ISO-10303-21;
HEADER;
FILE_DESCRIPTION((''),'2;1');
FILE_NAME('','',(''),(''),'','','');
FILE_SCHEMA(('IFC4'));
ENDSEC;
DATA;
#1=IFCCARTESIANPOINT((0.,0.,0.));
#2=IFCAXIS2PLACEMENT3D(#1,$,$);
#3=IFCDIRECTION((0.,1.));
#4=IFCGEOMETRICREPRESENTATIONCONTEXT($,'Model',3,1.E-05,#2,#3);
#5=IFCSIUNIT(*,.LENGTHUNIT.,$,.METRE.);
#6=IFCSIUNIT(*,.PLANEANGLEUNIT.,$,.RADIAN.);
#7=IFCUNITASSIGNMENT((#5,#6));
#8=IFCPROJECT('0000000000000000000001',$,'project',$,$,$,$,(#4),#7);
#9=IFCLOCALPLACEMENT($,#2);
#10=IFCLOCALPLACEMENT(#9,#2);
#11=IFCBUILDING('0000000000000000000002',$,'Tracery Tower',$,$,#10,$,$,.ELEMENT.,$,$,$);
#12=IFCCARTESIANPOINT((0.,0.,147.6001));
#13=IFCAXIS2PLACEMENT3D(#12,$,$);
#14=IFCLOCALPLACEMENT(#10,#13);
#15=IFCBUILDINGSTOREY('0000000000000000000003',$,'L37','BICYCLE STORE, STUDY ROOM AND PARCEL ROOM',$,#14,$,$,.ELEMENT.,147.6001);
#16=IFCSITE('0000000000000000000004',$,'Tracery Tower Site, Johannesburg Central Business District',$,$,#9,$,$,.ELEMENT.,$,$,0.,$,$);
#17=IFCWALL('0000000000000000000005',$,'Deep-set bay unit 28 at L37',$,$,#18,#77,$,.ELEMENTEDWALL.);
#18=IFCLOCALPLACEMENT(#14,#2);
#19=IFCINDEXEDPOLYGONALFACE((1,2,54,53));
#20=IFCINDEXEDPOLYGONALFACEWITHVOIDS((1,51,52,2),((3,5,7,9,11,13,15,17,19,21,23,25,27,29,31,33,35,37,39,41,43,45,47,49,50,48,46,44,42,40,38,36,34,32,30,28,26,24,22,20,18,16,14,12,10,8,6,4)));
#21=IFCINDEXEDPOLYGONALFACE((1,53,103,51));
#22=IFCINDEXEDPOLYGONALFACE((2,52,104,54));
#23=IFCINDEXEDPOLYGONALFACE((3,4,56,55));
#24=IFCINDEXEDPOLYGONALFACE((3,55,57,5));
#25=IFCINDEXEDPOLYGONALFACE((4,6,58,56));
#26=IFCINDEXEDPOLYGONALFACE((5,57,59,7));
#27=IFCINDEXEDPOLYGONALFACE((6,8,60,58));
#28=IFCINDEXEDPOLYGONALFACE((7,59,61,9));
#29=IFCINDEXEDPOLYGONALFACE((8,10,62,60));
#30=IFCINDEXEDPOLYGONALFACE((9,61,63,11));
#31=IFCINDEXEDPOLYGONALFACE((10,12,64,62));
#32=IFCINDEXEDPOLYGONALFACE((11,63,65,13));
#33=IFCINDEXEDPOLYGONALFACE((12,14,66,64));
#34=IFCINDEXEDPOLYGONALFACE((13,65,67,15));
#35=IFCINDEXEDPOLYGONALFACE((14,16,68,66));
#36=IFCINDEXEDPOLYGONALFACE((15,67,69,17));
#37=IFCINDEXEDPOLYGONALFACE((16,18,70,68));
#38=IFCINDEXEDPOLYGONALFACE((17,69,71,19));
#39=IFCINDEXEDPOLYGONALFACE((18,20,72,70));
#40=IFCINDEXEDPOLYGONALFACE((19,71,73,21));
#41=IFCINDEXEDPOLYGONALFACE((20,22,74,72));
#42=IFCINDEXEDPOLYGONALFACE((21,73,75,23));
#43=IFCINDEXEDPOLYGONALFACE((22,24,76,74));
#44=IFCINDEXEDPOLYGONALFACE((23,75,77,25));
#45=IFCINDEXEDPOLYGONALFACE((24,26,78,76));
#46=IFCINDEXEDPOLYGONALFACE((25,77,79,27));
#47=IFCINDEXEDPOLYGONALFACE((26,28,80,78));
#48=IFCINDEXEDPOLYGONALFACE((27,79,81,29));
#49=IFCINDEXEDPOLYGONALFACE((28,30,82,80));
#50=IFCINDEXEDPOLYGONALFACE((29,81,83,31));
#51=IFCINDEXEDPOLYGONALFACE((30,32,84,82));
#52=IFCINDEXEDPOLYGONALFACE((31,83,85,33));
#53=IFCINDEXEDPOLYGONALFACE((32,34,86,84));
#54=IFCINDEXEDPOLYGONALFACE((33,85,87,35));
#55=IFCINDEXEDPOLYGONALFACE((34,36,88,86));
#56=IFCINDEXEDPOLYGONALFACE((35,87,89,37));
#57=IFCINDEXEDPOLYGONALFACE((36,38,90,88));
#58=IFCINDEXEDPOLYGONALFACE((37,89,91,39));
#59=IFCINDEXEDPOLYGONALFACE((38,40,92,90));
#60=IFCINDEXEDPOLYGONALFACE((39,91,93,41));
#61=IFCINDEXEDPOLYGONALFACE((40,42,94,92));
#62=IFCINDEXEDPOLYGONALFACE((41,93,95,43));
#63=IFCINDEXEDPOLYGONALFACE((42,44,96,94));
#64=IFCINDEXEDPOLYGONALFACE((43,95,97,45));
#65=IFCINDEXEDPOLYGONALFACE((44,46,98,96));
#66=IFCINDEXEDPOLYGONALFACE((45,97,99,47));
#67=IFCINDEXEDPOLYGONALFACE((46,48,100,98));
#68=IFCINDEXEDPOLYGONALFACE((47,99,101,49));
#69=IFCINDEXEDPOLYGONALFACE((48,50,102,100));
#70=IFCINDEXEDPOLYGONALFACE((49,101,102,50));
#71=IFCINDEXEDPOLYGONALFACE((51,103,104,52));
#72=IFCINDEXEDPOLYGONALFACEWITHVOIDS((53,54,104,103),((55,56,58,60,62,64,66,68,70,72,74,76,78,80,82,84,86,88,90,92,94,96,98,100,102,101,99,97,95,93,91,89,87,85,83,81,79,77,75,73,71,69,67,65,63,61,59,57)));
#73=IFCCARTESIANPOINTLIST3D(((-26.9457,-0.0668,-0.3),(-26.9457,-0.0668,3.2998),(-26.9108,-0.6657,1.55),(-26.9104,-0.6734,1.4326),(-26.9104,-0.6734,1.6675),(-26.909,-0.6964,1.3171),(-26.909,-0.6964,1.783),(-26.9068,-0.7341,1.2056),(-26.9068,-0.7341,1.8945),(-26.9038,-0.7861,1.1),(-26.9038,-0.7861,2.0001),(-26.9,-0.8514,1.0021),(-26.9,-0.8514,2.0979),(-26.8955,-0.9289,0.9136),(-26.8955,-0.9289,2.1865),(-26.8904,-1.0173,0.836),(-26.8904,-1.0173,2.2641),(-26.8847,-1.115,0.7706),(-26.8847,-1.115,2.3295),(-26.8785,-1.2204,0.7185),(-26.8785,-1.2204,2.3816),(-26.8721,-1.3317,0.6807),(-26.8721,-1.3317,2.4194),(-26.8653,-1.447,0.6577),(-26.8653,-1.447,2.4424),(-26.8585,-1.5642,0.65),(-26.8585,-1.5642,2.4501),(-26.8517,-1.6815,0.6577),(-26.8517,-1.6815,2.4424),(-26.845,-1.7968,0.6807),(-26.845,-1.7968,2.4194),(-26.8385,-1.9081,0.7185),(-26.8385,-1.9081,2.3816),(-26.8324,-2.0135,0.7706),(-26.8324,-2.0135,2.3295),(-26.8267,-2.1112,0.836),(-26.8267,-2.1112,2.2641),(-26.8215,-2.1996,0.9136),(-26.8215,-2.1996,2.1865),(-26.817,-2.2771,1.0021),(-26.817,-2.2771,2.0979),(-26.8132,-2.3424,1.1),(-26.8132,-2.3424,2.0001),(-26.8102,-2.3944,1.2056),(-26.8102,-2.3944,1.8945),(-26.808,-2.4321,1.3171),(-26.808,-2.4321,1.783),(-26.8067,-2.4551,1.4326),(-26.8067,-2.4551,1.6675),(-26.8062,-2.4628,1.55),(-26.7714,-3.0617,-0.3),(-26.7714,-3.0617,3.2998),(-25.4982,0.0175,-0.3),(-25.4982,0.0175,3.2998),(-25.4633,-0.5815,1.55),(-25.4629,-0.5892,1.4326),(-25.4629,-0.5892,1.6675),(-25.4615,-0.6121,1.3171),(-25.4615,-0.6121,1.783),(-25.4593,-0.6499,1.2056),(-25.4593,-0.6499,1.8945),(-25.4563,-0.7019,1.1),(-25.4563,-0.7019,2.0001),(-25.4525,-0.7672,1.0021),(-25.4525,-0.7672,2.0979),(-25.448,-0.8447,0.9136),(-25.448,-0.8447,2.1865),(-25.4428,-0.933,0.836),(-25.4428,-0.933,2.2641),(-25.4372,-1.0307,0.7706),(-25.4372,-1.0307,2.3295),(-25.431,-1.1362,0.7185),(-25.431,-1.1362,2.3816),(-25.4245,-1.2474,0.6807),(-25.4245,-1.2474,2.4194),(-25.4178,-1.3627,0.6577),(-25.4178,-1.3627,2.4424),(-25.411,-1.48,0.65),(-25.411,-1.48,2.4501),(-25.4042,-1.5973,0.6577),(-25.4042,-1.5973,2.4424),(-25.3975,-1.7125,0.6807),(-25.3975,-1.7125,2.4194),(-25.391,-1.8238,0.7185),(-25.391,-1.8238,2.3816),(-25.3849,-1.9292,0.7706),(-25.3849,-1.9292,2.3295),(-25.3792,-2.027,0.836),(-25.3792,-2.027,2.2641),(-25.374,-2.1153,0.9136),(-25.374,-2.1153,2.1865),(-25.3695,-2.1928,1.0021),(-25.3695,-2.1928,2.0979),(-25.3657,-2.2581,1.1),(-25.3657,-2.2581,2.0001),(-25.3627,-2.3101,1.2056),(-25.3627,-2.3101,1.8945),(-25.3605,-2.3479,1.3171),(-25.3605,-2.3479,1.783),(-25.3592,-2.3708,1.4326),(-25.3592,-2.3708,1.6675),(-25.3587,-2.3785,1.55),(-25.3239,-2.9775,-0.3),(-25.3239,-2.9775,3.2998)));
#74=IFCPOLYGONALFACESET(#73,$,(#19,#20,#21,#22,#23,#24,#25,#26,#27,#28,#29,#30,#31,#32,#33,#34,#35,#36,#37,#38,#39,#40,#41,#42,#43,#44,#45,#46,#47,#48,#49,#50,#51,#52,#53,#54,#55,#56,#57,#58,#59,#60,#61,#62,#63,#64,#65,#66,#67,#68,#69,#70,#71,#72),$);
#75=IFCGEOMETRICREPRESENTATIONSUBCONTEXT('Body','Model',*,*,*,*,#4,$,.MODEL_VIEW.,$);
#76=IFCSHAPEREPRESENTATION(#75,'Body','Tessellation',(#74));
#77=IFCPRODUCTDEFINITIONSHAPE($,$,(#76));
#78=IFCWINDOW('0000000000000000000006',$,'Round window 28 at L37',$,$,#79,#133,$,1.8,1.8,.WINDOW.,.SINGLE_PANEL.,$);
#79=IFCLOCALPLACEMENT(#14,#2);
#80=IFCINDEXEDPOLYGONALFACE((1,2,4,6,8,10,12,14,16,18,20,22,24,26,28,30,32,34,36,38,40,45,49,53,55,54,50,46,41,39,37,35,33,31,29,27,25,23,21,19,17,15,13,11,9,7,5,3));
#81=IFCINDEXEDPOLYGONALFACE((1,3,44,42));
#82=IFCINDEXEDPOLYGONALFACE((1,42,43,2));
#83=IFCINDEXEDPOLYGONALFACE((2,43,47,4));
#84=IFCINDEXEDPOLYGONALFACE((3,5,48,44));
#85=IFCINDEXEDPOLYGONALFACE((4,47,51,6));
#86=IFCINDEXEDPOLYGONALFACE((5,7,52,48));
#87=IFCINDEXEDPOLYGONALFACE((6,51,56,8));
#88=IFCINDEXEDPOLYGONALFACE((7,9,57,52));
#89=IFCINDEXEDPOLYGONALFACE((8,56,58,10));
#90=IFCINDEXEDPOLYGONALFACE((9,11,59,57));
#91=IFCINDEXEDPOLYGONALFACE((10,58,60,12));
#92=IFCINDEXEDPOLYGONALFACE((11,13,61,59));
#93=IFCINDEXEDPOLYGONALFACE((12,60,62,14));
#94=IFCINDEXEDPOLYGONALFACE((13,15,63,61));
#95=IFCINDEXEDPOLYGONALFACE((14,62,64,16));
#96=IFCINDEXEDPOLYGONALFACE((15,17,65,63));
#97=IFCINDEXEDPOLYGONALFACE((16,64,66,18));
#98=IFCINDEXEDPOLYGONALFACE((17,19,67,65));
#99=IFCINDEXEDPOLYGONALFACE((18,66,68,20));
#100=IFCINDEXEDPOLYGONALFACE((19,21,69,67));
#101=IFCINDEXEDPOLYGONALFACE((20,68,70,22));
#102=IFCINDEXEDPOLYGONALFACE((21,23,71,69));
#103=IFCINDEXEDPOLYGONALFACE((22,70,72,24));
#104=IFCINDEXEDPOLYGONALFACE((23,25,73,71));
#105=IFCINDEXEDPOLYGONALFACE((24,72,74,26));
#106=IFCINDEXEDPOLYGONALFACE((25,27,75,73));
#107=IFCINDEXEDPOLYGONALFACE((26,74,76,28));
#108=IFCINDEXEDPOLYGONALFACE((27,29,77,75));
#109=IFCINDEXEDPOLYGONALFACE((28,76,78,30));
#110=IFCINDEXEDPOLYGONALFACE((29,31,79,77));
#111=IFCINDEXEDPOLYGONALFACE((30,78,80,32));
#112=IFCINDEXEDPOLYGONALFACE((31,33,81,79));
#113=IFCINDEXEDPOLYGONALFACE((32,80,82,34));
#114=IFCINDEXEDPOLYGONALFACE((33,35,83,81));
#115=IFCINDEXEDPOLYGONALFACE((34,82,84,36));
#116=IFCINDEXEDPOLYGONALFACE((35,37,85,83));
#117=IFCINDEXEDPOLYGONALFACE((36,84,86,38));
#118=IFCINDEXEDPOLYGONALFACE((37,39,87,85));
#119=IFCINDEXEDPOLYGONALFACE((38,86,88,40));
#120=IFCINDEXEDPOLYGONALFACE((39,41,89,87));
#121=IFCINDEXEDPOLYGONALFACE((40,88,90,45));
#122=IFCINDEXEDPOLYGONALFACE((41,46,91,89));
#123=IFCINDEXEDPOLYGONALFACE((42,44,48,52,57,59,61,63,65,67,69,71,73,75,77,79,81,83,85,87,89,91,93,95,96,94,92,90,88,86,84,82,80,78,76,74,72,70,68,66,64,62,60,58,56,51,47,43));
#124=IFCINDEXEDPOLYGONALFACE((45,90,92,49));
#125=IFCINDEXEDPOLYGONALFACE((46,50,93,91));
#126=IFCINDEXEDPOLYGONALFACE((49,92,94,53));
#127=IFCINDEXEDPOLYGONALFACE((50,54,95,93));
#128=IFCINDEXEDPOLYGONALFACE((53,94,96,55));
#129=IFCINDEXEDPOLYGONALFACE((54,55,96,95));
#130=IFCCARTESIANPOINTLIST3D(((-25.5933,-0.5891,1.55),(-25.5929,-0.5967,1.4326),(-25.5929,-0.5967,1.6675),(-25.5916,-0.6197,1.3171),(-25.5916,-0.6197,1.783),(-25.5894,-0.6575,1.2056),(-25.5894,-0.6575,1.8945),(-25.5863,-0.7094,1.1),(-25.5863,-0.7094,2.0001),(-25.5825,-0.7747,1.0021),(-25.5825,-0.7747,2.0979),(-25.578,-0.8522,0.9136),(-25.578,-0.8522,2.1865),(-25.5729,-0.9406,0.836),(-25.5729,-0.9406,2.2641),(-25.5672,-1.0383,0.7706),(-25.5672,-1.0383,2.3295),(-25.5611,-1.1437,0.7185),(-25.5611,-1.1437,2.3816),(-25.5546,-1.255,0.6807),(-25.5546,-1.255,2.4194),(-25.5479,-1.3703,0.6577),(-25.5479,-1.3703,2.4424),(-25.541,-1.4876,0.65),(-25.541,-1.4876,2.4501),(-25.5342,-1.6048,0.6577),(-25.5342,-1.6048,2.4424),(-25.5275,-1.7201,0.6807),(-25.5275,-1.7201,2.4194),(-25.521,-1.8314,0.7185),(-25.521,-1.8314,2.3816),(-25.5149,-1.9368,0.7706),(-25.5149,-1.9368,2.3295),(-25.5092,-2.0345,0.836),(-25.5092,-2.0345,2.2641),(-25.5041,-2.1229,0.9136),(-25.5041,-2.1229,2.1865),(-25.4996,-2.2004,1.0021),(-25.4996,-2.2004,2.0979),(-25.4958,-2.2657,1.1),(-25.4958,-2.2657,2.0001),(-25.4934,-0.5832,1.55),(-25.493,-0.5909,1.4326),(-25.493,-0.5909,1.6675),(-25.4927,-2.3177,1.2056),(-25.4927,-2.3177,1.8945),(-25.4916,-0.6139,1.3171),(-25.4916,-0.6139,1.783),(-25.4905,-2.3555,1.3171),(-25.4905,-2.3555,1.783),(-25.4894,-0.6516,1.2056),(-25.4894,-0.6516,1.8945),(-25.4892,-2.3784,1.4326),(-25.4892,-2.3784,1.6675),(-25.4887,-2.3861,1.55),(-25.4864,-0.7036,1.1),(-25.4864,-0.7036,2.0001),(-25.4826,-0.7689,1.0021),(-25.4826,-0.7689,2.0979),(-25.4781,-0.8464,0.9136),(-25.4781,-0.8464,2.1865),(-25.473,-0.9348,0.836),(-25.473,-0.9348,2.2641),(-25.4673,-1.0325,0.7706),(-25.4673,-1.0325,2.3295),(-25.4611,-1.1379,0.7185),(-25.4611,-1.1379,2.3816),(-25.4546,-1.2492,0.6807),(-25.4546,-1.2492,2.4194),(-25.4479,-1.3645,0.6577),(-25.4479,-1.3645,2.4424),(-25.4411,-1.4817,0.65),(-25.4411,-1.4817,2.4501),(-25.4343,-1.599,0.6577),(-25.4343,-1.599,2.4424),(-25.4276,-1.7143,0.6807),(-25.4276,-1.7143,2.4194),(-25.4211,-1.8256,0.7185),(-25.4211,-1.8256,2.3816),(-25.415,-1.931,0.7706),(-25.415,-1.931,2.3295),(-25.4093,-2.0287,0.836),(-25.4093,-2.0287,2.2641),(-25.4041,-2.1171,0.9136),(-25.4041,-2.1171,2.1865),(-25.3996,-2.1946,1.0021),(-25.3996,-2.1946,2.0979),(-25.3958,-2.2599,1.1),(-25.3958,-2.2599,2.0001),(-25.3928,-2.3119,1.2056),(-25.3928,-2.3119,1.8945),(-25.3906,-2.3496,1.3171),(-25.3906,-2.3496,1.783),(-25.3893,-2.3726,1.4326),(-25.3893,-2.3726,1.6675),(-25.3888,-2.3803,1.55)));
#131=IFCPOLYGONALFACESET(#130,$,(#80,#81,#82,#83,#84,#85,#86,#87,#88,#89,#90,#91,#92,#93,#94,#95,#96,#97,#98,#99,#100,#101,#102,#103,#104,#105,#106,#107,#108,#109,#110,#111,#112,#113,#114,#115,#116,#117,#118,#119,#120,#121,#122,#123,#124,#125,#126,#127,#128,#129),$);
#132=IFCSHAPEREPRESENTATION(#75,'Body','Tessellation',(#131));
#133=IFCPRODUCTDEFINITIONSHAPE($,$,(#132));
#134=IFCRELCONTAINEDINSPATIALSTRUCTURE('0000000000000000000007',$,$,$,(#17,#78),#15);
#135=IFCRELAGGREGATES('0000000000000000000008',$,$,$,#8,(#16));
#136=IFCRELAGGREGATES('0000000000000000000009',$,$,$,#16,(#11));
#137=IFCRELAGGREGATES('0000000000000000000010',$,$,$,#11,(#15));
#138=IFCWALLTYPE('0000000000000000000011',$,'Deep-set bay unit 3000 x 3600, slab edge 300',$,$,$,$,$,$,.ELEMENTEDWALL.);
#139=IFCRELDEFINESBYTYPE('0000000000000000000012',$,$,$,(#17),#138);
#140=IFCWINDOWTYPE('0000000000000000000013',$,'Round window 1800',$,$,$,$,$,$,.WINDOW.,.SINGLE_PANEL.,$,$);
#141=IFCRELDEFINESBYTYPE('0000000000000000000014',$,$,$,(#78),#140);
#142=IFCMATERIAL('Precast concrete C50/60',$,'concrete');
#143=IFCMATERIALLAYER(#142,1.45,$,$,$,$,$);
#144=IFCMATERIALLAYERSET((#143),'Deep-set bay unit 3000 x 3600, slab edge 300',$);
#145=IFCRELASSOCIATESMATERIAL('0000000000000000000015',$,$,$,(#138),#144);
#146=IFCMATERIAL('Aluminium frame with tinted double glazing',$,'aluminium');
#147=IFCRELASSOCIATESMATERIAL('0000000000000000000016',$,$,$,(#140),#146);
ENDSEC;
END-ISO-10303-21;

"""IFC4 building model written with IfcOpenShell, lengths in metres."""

from ifc_helpers import new_model, si_unit, direction, frame, frame_2d, origin, origin_2d, place, context, subcontext, project, spatial, rectangle, circle, extrude, material, layer, layer_set, type_object, element, fill, save


model = new_model("IFC4")

# Units and contexts
model_context = context("Model", 3, precision=1e-05, world=origin(), true_north=direction((0.0, 1.0)))
body_context = subcontext(model_context, "Body", "Model", "MODEL_VIEW")
ifc_project = project(units=[si_unit("LENGTHUNIT", "METRE"), si_unit("PLANEANGLEUNIT", "RADIAN")], contexts=[model_context])

# Site, building, storey
site_placement = place(None, origin())
site = spatial("IfcSite", under=ifc_project, at=site_placement, Name="Tracery Tower Site, Johannesburg Central Business District", CompositionType="ELEMENT", RefElevation=0.0)
building_placement = place(site_placement, origin())
building = spatial("IfcBuilding", under=site, at=building_placement, Name="Tracery Tower", CompositionType="ELEMENT")
storey_placement = place(building_placement, frame((0.0, 0.0, 147.6001)))
storey = spatial("IfcBuildingStorey", under=building, at=storey_placement, Name="L37", Description="BICYCLE STORE, STUDY ROOM AND PARCEL ROOM", CompositionType="ELEMENT", Elevation=147.6001)

# Wall, opening, window
ifc_material_1 = material(Name="Precast concrete C50/60", Category="concrete")
ifc_layer_1 = layer(ifc_material_1, 1.45)
ifc_layer_set_1 = layer_set([ifc_layer_1], Name="Deep-set bay unit 3000 x 3600, slab edge 300")
wall_type_1 = type_object("IfcWallType", Name="Deep-set bay unit 3000 x 3600, slab edge 300", PredefinedType="ELEMENTEDWALL", material=ifc_layer_set_1)
ifc_material_2 = material(Name="Aluminium frame with tinted double glazing", Category="aluminium")
window_type = type_object("IfcWindowType", Name="Round window 1800", PartitioningType="SINGLE_PANEL", PredefinedType="WINDOW", material=ifc_material_2)
wall_1_placement = place(storey_placement, frame((-26.2219, -0.0247, -0.3), z_axis=(0.0, 0.0, 1.0), x_axis=(0.058107, -0.99831, 0.0)))
wall_1 = element("IfcWall", 1, at=wall_1_placement, inside=storey, type_object=wall_type_1, Name="Deep-set bay unit 28 at L37", PredefinedType="ELEMENTEDWALL", context=body_context, shape_type="SweptSolid", body=[
    extrude(rectangle(XDim=3.0, YDim=1.45, at=frame_2d((1.5, 0.0))), origin(), (0.0, 0.0, 1.0), 3.5999),
])
opening_1_placement = place(wall_1_placement, frame((1.5, 0.0, 1.8501)))
opening_1 = element("IfcOpeningElement", 2, at=opening_1_placement, cuts=wall_1, PredefinedType="OPENING", context=body_context, shape_type="SweptSolid", body=[
    extrude(circle(Radius=0.9, at=origin_2d()), frame((0.0, 0.7349, 0.0), z_axis=(0.0, -1.0, 0.0), x_axis=(1.0, 0.0, 0.0)), (0.0, 0.0, 1.0), 1.47),
])
window_1_placement = place(opening_1_placement, origin())
window_1 = element("IfcWindow", 3, at=window_1_placement, inside=storey, type_object=window_type, Name="Round window 28 at L37", OverallHeight=1.8, OverallWidth=1.8, PartitioningType="SINGLE_PANEL", PredefinedType="WINDOW", context=body_context, shape_type="SweptSolid", body=[
    extrude(circle(Radius=0.9, at=origin_2d()), frame((0.0, 0.6948, 0.0), z_axis=(0.0, -1.0, 0.0), x_axis=(1.0, 0.0, 0.0)), (0.0, 0.0, 1.0), 0.1001),
])
fill(opening_1, window_1)

save(model, "model.ifc")
